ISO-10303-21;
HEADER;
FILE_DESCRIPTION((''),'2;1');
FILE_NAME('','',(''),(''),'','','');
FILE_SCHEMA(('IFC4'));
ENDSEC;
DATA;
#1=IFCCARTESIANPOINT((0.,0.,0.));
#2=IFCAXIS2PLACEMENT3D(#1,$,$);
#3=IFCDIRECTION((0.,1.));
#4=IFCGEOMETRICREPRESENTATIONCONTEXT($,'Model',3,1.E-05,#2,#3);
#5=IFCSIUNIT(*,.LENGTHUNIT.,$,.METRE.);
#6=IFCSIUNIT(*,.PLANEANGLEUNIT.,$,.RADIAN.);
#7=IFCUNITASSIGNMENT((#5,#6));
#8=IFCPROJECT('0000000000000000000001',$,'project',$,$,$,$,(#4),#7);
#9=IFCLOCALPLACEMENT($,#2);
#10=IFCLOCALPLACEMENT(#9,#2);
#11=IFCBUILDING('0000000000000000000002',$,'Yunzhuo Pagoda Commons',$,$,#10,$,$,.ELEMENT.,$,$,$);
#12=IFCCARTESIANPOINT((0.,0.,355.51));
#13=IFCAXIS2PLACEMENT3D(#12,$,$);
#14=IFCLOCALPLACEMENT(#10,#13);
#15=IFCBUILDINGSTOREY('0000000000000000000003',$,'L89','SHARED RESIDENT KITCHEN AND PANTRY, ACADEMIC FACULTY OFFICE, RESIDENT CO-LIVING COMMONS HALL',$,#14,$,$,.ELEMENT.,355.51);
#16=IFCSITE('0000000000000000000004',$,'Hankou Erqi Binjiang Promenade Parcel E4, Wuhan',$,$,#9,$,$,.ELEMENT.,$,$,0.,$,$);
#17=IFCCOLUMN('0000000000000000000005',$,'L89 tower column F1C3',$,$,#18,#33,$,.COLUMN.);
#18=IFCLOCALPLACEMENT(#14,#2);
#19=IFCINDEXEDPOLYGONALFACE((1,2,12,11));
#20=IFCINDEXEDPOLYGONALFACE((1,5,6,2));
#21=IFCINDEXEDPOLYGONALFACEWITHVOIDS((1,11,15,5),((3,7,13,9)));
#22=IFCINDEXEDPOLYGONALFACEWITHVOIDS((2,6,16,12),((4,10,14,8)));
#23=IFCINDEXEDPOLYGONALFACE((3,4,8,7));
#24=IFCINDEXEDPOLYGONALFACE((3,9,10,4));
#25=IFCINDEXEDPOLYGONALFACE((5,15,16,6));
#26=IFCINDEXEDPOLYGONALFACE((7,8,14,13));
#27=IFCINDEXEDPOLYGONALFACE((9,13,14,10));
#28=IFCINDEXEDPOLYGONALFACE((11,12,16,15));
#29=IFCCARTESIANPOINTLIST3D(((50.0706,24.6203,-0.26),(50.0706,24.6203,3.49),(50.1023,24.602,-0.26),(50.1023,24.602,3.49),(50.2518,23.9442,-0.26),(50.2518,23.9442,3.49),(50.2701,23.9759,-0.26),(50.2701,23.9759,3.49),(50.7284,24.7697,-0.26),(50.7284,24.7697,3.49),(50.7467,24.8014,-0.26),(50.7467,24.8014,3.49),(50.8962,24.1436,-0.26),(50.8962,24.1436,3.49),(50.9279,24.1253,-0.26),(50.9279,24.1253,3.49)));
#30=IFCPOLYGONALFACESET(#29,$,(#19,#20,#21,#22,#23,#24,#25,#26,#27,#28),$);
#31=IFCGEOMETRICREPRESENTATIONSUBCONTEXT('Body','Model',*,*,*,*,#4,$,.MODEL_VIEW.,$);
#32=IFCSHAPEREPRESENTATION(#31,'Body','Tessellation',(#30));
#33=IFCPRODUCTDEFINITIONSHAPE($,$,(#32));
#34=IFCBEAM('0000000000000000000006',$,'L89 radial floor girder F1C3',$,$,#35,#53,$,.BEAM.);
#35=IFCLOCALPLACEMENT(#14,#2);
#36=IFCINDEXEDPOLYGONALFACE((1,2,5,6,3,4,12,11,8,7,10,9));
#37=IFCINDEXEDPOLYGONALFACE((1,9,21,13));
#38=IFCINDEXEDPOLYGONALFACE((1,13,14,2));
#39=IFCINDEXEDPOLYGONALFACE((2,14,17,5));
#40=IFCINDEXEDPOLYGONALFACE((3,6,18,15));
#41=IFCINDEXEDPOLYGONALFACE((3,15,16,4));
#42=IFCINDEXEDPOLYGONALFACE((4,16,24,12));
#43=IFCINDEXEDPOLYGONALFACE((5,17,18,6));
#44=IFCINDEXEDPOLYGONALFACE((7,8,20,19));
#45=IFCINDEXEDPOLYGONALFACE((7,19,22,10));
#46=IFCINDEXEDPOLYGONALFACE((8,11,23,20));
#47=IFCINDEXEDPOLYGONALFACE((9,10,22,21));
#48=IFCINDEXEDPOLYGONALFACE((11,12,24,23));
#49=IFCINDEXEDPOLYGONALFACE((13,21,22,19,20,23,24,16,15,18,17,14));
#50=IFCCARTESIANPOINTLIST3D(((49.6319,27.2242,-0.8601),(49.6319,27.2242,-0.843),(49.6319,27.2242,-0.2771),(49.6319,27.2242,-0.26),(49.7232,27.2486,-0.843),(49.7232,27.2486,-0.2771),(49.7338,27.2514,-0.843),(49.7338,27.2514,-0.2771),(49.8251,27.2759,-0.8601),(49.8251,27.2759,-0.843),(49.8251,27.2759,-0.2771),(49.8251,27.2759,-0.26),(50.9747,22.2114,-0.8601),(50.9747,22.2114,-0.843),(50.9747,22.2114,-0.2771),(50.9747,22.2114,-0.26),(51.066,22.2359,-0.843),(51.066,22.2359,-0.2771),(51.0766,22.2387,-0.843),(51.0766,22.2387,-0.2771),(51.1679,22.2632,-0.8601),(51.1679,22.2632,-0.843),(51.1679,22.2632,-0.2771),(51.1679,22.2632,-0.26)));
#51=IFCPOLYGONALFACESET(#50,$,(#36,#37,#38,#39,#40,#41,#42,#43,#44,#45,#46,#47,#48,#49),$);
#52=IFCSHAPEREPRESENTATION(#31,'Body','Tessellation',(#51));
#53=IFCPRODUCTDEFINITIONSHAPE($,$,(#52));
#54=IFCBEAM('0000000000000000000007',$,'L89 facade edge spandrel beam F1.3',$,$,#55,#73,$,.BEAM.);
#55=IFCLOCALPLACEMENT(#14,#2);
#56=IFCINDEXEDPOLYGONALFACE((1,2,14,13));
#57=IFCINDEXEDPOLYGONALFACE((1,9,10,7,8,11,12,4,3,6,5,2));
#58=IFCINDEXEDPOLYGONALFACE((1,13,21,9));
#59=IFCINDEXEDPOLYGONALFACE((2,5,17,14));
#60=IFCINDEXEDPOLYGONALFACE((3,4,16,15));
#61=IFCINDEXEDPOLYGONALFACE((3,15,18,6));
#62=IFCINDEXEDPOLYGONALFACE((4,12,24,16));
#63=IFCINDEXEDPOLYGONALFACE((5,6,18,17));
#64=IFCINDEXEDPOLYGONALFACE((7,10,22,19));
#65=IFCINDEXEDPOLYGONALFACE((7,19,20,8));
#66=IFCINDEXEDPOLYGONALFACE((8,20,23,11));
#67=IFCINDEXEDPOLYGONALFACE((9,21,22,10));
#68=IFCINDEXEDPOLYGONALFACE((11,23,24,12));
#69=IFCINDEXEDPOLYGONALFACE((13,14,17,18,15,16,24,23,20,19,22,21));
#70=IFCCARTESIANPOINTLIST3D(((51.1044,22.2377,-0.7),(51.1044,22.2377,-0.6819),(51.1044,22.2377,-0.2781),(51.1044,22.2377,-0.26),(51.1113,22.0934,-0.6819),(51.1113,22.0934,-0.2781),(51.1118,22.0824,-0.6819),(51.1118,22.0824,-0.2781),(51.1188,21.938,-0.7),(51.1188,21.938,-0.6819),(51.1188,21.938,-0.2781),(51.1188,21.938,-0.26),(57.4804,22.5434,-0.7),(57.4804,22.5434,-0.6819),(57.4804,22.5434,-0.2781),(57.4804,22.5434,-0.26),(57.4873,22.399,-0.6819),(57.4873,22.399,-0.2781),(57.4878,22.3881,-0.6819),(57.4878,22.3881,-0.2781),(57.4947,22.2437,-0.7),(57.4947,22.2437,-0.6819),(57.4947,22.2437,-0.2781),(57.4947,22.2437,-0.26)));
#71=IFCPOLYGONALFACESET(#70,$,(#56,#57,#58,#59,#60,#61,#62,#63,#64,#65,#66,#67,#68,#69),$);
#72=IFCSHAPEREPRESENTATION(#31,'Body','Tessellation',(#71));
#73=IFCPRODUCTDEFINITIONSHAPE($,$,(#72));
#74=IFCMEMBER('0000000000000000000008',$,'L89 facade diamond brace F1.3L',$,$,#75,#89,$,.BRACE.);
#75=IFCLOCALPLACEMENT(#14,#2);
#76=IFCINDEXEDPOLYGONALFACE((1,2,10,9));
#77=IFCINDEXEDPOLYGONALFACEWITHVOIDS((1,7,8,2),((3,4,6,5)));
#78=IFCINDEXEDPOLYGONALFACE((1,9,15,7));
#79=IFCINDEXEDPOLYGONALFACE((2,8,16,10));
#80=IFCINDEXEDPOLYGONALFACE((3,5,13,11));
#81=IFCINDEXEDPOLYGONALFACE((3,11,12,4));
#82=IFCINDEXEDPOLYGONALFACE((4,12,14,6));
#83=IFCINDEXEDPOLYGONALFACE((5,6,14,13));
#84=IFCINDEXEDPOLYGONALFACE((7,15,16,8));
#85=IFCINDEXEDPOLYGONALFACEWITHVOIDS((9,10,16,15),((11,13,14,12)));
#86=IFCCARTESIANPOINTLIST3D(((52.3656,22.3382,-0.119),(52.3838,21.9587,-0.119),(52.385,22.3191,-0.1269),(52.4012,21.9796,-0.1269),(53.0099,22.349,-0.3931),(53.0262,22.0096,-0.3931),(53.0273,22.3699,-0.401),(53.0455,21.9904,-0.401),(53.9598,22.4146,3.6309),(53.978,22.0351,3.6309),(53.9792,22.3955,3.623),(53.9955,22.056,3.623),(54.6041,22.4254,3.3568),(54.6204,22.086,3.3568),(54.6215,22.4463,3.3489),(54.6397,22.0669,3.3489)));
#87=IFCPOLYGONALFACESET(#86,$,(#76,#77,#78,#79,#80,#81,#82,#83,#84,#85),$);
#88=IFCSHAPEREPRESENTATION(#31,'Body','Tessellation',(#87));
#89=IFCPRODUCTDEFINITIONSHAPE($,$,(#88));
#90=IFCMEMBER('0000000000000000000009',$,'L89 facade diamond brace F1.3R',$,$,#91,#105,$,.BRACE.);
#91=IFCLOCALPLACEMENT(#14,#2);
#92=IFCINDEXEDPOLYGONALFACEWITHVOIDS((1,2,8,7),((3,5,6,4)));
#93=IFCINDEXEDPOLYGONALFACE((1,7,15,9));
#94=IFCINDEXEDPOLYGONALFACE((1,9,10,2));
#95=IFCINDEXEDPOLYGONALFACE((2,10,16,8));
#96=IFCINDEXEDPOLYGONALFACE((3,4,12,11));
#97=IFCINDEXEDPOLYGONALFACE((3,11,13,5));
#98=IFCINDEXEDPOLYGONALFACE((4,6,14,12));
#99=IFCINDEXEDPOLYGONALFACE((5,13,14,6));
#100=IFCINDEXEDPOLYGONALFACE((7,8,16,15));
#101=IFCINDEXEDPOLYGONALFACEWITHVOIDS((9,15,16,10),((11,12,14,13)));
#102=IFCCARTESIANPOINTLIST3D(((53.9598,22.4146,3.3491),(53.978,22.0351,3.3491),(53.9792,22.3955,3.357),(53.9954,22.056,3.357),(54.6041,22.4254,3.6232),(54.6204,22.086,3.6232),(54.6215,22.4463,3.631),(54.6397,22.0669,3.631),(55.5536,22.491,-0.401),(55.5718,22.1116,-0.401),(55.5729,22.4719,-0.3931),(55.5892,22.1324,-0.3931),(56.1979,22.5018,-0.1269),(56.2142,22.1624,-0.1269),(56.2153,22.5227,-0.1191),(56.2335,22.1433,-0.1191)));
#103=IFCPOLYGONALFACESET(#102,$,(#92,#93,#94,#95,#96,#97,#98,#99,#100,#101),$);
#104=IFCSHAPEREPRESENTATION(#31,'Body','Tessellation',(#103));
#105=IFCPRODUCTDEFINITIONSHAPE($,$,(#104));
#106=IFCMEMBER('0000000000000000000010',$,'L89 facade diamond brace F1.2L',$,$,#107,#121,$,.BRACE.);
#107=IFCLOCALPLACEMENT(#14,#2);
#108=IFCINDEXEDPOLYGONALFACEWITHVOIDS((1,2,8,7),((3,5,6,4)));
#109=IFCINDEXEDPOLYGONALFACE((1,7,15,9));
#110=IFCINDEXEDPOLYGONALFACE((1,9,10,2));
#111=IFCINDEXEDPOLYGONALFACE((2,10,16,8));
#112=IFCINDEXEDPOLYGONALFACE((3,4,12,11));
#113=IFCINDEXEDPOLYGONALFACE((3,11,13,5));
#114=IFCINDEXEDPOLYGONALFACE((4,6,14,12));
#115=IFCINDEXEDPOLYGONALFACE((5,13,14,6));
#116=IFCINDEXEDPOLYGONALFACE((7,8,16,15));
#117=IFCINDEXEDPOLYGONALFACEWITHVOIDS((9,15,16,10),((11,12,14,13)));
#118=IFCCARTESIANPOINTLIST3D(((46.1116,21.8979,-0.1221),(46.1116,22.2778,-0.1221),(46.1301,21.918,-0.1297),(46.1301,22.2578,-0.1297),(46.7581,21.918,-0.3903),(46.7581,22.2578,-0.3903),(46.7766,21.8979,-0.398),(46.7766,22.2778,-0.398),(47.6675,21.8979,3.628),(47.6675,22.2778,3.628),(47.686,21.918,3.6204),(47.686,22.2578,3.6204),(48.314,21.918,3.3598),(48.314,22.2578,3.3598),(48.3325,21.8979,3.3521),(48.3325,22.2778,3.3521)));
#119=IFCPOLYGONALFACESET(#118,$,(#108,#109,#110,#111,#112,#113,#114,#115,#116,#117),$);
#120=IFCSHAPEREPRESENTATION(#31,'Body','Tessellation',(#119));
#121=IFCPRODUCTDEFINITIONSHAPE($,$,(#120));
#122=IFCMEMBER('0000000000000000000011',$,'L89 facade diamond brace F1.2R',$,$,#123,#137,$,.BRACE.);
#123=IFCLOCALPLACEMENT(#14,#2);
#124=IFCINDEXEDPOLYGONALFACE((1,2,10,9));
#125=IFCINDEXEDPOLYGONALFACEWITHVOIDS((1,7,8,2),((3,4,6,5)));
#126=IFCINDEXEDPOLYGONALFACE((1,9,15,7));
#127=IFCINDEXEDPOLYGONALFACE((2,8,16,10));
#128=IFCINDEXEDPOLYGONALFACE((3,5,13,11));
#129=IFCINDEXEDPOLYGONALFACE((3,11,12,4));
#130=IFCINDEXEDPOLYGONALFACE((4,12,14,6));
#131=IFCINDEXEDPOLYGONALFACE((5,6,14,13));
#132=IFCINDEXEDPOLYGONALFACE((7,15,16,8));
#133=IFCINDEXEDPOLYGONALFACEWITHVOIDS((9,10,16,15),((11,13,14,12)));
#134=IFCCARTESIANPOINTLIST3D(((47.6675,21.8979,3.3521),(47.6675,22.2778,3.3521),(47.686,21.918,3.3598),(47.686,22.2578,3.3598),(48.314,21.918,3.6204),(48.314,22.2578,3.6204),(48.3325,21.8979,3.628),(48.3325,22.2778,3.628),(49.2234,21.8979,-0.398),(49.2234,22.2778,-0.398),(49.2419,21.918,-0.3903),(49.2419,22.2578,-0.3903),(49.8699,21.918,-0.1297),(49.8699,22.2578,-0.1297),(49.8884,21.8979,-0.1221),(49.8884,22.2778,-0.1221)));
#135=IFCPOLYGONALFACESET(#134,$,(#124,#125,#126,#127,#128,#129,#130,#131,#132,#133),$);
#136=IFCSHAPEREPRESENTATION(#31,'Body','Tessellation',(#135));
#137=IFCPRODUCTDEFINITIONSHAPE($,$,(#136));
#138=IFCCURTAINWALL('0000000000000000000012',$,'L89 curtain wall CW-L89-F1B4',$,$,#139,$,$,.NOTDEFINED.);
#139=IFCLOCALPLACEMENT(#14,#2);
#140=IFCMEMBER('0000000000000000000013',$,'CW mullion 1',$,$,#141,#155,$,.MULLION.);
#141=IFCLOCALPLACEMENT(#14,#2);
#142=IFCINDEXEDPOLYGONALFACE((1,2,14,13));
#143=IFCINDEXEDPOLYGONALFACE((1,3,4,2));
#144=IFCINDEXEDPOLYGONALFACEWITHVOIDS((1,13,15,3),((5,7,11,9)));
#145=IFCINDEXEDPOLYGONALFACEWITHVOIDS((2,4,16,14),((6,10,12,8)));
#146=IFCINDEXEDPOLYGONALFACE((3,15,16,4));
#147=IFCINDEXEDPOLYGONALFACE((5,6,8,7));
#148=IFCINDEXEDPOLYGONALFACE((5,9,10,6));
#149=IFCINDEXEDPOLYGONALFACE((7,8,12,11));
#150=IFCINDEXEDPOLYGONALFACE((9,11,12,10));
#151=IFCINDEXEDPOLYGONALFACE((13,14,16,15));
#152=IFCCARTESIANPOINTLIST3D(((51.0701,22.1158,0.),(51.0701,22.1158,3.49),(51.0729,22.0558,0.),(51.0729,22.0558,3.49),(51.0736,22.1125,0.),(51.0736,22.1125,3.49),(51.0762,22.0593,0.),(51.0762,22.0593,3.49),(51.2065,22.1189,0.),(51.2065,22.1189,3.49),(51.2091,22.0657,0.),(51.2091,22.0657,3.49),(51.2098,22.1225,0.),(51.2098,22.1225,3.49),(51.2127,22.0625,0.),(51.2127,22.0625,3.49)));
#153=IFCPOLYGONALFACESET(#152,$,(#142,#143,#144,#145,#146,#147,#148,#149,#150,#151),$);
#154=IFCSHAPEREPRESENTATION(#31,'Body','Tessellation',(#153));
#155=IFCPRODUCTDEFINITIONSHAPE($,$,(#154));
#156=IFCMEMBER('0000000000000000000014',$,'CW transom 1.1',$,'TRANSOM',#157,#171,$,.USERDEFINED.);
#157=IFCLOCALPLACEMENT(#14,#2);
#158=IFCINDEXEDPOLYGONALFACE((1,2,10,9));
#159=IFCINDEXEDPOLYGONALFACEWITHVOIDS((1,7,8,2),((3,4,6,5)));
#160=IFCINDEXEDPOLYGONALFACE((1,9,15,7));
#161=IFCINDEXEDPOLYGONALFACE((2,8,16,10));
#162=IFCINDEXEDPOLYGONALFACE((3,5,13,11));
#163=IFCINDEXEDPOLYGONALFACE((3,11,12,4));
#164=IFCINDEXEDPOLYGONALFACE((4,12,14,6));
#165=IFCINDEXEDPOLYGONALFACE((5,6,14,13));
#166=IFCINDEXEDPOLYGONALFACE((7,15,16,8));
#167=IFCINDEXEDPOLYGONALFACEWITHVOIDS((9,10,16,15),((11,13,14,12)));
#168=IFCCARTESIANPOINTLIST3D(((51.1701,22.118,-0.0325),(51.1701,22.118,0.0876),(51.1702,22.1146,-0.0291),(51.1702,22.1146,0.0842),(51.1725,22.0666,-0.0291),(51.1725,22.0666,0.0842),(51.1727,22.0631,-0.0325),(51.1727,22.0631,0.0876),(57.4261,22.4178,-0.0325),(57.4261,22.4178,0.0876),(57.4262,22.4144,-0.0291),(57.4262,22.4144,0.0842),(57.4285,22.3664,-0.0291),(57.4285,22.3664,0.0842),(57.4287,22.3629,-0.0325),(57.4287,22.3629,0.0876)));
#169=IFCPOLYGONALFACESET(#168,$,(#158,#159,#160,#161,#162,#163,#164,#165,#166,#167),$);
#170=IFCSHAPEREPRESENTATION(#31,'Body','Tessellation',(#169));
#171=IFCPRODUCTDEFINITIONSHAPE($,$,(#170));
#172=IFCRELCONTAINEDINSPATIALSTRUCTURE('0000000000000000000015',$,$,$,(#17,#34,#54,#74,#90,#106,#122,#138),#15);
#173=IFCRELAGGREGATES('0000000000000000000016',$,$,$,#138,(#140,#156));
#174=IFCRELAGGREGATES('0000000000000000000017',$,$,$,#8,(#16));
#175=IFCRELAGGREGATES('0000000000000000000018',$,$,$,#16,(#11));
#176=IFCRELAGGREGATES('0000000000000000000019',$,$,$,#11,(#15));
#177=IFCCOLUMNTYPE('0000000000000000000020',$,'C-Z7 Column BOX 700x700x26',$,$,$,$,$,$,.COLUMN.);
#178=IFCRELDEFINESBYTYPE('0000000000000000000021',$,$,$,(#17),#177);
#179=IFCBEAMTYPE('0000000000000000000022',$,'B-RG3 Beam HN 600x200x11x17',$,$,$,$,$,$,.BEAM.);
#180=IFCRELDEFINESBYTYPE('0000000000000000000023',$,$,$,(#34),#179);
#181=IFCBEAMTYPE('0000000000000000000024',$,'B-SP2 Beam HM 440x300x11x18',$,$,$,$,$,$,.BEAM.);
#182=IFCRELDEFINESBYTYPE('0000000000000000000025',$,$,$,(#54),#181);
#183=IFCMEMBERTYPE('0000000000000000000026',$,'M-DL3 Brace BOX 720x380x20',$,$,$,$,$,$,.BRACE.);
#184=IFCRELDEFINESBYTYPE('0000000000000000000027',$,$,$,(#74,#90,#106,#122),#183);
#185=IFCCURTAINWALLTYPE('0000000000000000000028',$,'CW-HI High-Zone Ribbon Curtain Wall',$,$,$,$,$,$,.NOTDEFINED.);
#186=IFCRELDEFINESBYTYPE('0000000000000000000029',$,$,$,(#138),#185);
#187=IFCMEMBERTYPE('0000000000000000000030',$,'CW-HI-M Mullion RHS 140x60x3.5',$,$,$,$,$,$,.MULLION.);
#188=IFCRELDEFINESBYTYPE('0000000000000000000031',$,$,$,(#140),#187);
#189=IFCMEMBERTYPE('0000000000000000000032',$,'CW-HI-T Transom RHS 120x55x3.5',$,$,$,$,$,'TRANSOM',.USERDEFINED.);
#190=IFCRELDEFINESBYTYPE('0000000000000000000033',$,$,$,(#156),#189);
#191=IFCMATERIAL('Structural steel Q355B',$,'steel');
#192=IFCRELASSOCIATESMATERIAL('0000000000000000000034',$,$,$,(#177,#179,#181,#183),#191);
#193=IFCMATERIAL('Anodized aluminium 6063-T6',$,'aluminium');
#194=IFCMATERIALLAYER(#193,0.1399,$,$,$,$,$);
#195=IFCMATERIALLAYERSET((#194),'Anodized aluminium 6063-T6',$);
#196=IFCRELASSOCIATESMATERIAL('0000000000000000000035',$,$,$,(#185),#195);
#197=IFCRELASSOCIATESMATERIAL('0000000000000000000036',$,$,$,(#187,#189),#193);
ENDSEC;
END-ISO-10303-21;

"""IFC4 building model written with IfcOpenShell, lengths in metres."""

from ifc_helpers import new_model, si_unit, direction, frame, origin, origin_2d, place, context, subcontext, project, spatial, hollow_rectangle, i_section, extrude, source, transform, mapped, material, layer, layer_set, material_profile, profile_set, type_object, element, aggregate, save


model = new_model("IFC4")

# Units and contexts
model_context = context("Model", 3, precision=1e-05, world=origin(), true_north=direction((0.0, 1.0)))
body_context = subcontext(model_context, "Body", "Model", "MODEL_VIEW")
ifc_project = project(units=[si_unit("LENGTHUNIT", "METRE"), si_unit("PLANEANGLEUNIT", "RADIAN")], contexts=[model_context])

# Site, building, storey
site_placement = place(None, origin())
site = spatial("IfcSite", under=ifc_project, at=site_placement, Name="Hankou Erqi Binjiang Promenade Parcel E4, Wuhan", CompositionType="ELEMENT", RefElevation=0.0)
building_placement = place(site_placement, origin())
building = spatial("IfcBuilding", under=site, at=building_placement, Name="Yunzhuo Pagoda Commons", CompositionType="ELEMENT")
storey_placement = place(building_placement, frame((0.0, 0.0, 355.51)))
storey = spatial("IfcBuildingStorey", under=building, at=storey_placement, Name="L89", Description="SHARED RESIDENT KITCHEN AND PANTRY, ACADEMIC FACULTY OFFICE, RESIDENT CO-LIVING COMMONS HALL", CompositionType="ELEMENT", Elevation=355.51)

# Column
ifc_material_1 = material(Name="Structural steel Q355B", Category="steel")
ifc_material_profile_1 = material_profile(ifc_material_1, hollow_rectangle(XDim=0.7, YDim=0.7, WallThickness=0.0259, at=origin_2d()), Name="Structural steel Q355B")
ifc_profile_set_1 = profile_set([ifc_material_profile_1], Name="Structural steel Q355B")
column_type = type_object("IfcColumnType", Name="C-Z7 Column BOX 700x700x26", PredefinedType="COLUMN", material=ifc_profile_set_1)
shared_shape_1 = source(origin(), body_context, "Body", "SweptSolid", [
    extrude(hollow_rectangle(XDim=0.7, YDim=0.7, WallThickness=0.0259, at=origin_2d()), origin(), (0.0, 0.0, 1.0), 3.75),
])
column_placement = place(storey_placement, frame((50.4993, 24.3728, -0.26), z_axis=(0.0, 0.0, 1.0), x_axis=(0.965926, 0.258819, 0.0)))
element("IfcColumn", 1, at=column_placement, inside=storey, type_object=column_type, Name="L89 tower column F1C3", PredefinedType="COLUMN", context=body_context, shape_type="MappedRepresentation", body=[
    mapped(shared_shape_1, transform((0.0, 0.0, 0.0), scale=1.0)),
])

# Beams
ifc_material_profile_2 = material_profile(ifc_material_1, i_section(OverallWidth=0.2, OverallDepth=0.6001, WebThickness=0.011, FlangeThickness=0.0171, at=origin_2d()), Name="Structural steel Q355B")
ifc_profile_set_2 = profile_set([ifc_material_profile_2], Name="Structural steel Q355B")
beam_type_1 = type_object("IfcBeamType", Name="B-RG3 Beam HN 600x200x11x17", PredefinedType="BEAM", material=ifc_profile_set_2)
shared_shape_2 = source(origin(), body_context, "Body", "SweptSolid", [
    extrude(i_section(OverallWidth=0.2, OverallDepth=0.6001, WebThickness=0.011, FlangeThickness=0.0171, at=origin_2d()), origin(), (0.0, 0.0, 1.0), 5.1895),
])
beam_1_placement = place(storey_placement, frame((51.0713, 22.2373, -0.5601), z_axis=(-0.258752, 0.965944, 0.0), x_axis=(-0.965944, -0.258752, 0.0)))
element("IfcBeam", 2, at=beam_1_placement, inside=storey, type_object=beam_type_1, Name="L89 radial floor girder F1C3", PredefinedType="BEAM", context=body_context, shape_type="MappedRepresentation", body=[
    mapped(shared_shape_2, transform((0.0, 0.0, 0.0), scale=1.0)),
])
ifc_material_profile_3 = material_profile(ifc_material_1, i_section(OverallWidth=0.3, OverallDepth=0.4399, WebThickness=0.011, FlangeThickness=0.0181, at=origin_2d()), Name="Structural steel Q355B")
ifc_profile_set_3 = profile_set([ifc_material_profile_3], Name="Structural steel Q355B")
beam_type_2 = type_object("IfcBeamType", Name="B-SP2 Beam HM 440x300x11x18", PredefinedType="BEAM", material=ifc_profile_set_3)
shared_shape_3 = source(origin(), body_context, "Body", "SweptSolid", [
    extrude(i_section(OverallWidth=0.3, OverallDepth=0.4399, WebThickness=0.011, FlangeThickness=0.0181, at=origin_2d()), origin(), (0.0, 0.0, 1.0), 6.3833),
])
beam_2_placement = place(storey_placement, frame((51.1116, 22.0879, -0.48), z_axis=(0.998853, 0.047885, 0.0), x_axis=(-0.047885, 0.998853, 0.0)))
element("IfcBeam", 3, at=beam_2_placement, inside=storey, type_object=beam_type_2, Name="L89 facade edge spandrel beam F1.3", PredefinedType="BEAM", context=body_context, shape_type="MappedRepresentation", body=[
    mapped(shared_shape_3, transform((0.0, 0.0, 0.0), scale=1.0)),
])

# Members
ifc_material_profile_4 = material_profile(ifc_material_1, hollow_rectangle(XDim=0.3799, YDim=0.72, WallThickness=0.02, at=origin_2d()), Name="Structural steel Q355B")
ifc_profile_set_4 = profile_set([ifc_material_profile_4], Name="Structural steel Q355B")
member_type_1 = type_object("IfcMemberType", Name="M-DL3 Brace BOX 720x380x20", PredefinedType="BRACE", material=ifc_profile_set_4)
shared_shape_4 = source(origin(), body_context, "Body", "SweptSolid", [
    extrude(hollow_rectangle(XDim=0.3799, YDim=0.72, WallThickness=0.02, at=origin_2d()), origin(), (0.0, 0.0, 1.0), 4.0754),
])
for number, where, z_axis, x_axis, name in (
    (4, (52.7056, 22.1643, -0.26), (0.391173, 0.01875, 0.920126), (-0.047878, 0.998853, 0.0), "L89 facade diamond brace F1.3L"),
    (5, (55.8936, 22.3171, -0.26), (-0.391072, -0.018751, 0.920169), (0.047892, -0.998853, 0.0), "L89 facade diamond brace F1.3R"),
):
    element("IfcMember", number, at=place(storey_placement, frame(where, z_axis=z_axis, x_axis=x_axis)), inside=storey, type_object=member_type_1, Name=name, PredefinedType="BRACE", context=body_context, shape_type="MappedRepresentation", body=[
        mapped(shared_shape_4, transform((0.0, 0.0, 0.0), scale=1.0)),
    ])
shared_shape_5 = source(origin(), body_context, "Body", "SweptSolid", [
    extrude(hollow_rectangle(XDim=0.3799, YDim=0.72, WallThickness=0.02, at=origin_2d()), origin(), (0.0, 0.0, 1.0), 4.0601),
])
for number, where, z_axis, x_axis, name in (
    (6, (46.4441, 22.0879, -0.26), (0.383232, 0.0, 0.923652), (0.0, 1.0, 0.0), "L89 facade diamond brace F1.2L"),
    (7, (49.5559, 22.0879, -0.26), (-0.383232, 0.0, 0.923652), (0.0, -1.0, 0.0), "L89 facade diamond brace F1.2R"),
):
    element("IfcMember", number, at=place(storey_placement, frame(where, z_axis=z_axis, x_axis=x_axis)), inside=storey, type_object=member_type_1, Name=name, PredefinedType="BRACE", context=body_context, shape_type="MappedRepresentation", body=[
        mapped(shared_shape_5, transform((0.0, 0.0, 0.0), scale=1.0)),
    ])

# Curtain wall, members
ifc_material_2 = material(Name="Anodized aluminium 6063-T6", Category="aluminium")
ifc_layer_1 = layer(ifc_material_2, 0.1399)
ifc_layer_set_1 = layer_set([ifc_layer_1], Name="Anodized aluminium 6063-T6")
curtain_wall_type = type_object("IfcCurtainWallType", Name="CW-HI High-Zone Ribbon Curtain Wall", PredefinedType="NOTDEFINED", material=ifc_layer_set_1)
curtain_wall_1_placement = place(storey_placement, origin())
curtain_wall_1 = element("IfcCurtainWall", 8, at=curtain_wall_1_placement, inside=storey, type_object=curtain_wall_type, Name="L89 curtain wall CW-L89-F1B4", PredefinedType="NOTDEFINED")
ifc_material_profile_5 = material_profile(ifc_material_2, hollow_rectangle(XDim=0.0601, YDim=0.1399, WallThickness=0.0034, at=origin_2d()), Name="Anodized aluminium 6063-T6")
ifc_profile_set_5 = profile_set([ifc_material_profile_5], Name="Anodized aluminium 6063-T6")
member_type_2 = type_object("IfcMemberType", Name="CW-HI-M Mullion RHS 140x60x3.5", PredefinedType="MULLION", material=ifc_profile_set_5)
shared_shape_6 = source(origin(), body_context, "Body", "SweptSolid", [
    extrude(hollow_rectangle(XDim=0.0601, YDim=0.1399, WallThickness=0.0034, at=origin_2d()), origin(), (0.0, 0.0, 1.0), 3.49),
])
member_1_placement = place(storey_placement, frame((51.1414, 22.0891, 0.0), z_axis=(0.0, 0.0, 1.0), x_axis=(-0.047859, 0.998854, 0.0)))
member_1 = element("IfcMember", 9, at=member_1_placement, type_object=member_type_2, Name="CW mullion 1", PredefinedType="MULLION", context=body_context, shape_type="MappedRepresentation", body=[
    mapped(shared_shape_6, transform((0.0, 0.0, 0.0), scale=1.0)),
])
ifc_material_profile_6 = material_profile(ifc_material_2, hollow_rectangle(XDim=0.0549, YDim=0.1201, WallThickness=0.0034, at=origin_2d()), Name="Anodized aluminium 6063-T6")
ifc_profile_set_6 = profile_set([ifc_material_profile_6], Name="Anodized aluminium 6063-T6")
member_type_3 = type_object("IfcMemberType", Name="CW-HI-T Transom RHS 120x55x3.5", ElementType="TRANSOM", PredefinedType="USERDEFINED", material=ifc_profile_set_6)
shared_shape_7 = source(origin(), body_context, "Body", "SweptSolid", [
    extrude(hollow_rectangle(XDim=0.0549, YDim=0.1201, WallThickness=0.0034, at=origin_2d()), origin(), (0.0, 0.0, 1.0), 6.2632),
])
member_2_placement = place(storey_placement, frame((51.1714, 22.0906, 0.0276), z_axis=(0.998854, 0.047867, 0.0), x_axis=(-0.047867, 0.998854, 0.0)))
member_2 = element("IfcMember", 10, at=member_2_placement, type_object=member_type_3, Name="CW transom 1.1", ObjectType="TRANSOM", PredefinedType="USERDEFINED", context=body_context, shape_type="MappedRepresentation", body=[
    mapped(shared_shape_7, transform((0.0, 0.0, 0.0), scale=1.0)),
])

aggregate(curtain_wall_1, [member_1, member_2])

save(model, "model.ifc")
